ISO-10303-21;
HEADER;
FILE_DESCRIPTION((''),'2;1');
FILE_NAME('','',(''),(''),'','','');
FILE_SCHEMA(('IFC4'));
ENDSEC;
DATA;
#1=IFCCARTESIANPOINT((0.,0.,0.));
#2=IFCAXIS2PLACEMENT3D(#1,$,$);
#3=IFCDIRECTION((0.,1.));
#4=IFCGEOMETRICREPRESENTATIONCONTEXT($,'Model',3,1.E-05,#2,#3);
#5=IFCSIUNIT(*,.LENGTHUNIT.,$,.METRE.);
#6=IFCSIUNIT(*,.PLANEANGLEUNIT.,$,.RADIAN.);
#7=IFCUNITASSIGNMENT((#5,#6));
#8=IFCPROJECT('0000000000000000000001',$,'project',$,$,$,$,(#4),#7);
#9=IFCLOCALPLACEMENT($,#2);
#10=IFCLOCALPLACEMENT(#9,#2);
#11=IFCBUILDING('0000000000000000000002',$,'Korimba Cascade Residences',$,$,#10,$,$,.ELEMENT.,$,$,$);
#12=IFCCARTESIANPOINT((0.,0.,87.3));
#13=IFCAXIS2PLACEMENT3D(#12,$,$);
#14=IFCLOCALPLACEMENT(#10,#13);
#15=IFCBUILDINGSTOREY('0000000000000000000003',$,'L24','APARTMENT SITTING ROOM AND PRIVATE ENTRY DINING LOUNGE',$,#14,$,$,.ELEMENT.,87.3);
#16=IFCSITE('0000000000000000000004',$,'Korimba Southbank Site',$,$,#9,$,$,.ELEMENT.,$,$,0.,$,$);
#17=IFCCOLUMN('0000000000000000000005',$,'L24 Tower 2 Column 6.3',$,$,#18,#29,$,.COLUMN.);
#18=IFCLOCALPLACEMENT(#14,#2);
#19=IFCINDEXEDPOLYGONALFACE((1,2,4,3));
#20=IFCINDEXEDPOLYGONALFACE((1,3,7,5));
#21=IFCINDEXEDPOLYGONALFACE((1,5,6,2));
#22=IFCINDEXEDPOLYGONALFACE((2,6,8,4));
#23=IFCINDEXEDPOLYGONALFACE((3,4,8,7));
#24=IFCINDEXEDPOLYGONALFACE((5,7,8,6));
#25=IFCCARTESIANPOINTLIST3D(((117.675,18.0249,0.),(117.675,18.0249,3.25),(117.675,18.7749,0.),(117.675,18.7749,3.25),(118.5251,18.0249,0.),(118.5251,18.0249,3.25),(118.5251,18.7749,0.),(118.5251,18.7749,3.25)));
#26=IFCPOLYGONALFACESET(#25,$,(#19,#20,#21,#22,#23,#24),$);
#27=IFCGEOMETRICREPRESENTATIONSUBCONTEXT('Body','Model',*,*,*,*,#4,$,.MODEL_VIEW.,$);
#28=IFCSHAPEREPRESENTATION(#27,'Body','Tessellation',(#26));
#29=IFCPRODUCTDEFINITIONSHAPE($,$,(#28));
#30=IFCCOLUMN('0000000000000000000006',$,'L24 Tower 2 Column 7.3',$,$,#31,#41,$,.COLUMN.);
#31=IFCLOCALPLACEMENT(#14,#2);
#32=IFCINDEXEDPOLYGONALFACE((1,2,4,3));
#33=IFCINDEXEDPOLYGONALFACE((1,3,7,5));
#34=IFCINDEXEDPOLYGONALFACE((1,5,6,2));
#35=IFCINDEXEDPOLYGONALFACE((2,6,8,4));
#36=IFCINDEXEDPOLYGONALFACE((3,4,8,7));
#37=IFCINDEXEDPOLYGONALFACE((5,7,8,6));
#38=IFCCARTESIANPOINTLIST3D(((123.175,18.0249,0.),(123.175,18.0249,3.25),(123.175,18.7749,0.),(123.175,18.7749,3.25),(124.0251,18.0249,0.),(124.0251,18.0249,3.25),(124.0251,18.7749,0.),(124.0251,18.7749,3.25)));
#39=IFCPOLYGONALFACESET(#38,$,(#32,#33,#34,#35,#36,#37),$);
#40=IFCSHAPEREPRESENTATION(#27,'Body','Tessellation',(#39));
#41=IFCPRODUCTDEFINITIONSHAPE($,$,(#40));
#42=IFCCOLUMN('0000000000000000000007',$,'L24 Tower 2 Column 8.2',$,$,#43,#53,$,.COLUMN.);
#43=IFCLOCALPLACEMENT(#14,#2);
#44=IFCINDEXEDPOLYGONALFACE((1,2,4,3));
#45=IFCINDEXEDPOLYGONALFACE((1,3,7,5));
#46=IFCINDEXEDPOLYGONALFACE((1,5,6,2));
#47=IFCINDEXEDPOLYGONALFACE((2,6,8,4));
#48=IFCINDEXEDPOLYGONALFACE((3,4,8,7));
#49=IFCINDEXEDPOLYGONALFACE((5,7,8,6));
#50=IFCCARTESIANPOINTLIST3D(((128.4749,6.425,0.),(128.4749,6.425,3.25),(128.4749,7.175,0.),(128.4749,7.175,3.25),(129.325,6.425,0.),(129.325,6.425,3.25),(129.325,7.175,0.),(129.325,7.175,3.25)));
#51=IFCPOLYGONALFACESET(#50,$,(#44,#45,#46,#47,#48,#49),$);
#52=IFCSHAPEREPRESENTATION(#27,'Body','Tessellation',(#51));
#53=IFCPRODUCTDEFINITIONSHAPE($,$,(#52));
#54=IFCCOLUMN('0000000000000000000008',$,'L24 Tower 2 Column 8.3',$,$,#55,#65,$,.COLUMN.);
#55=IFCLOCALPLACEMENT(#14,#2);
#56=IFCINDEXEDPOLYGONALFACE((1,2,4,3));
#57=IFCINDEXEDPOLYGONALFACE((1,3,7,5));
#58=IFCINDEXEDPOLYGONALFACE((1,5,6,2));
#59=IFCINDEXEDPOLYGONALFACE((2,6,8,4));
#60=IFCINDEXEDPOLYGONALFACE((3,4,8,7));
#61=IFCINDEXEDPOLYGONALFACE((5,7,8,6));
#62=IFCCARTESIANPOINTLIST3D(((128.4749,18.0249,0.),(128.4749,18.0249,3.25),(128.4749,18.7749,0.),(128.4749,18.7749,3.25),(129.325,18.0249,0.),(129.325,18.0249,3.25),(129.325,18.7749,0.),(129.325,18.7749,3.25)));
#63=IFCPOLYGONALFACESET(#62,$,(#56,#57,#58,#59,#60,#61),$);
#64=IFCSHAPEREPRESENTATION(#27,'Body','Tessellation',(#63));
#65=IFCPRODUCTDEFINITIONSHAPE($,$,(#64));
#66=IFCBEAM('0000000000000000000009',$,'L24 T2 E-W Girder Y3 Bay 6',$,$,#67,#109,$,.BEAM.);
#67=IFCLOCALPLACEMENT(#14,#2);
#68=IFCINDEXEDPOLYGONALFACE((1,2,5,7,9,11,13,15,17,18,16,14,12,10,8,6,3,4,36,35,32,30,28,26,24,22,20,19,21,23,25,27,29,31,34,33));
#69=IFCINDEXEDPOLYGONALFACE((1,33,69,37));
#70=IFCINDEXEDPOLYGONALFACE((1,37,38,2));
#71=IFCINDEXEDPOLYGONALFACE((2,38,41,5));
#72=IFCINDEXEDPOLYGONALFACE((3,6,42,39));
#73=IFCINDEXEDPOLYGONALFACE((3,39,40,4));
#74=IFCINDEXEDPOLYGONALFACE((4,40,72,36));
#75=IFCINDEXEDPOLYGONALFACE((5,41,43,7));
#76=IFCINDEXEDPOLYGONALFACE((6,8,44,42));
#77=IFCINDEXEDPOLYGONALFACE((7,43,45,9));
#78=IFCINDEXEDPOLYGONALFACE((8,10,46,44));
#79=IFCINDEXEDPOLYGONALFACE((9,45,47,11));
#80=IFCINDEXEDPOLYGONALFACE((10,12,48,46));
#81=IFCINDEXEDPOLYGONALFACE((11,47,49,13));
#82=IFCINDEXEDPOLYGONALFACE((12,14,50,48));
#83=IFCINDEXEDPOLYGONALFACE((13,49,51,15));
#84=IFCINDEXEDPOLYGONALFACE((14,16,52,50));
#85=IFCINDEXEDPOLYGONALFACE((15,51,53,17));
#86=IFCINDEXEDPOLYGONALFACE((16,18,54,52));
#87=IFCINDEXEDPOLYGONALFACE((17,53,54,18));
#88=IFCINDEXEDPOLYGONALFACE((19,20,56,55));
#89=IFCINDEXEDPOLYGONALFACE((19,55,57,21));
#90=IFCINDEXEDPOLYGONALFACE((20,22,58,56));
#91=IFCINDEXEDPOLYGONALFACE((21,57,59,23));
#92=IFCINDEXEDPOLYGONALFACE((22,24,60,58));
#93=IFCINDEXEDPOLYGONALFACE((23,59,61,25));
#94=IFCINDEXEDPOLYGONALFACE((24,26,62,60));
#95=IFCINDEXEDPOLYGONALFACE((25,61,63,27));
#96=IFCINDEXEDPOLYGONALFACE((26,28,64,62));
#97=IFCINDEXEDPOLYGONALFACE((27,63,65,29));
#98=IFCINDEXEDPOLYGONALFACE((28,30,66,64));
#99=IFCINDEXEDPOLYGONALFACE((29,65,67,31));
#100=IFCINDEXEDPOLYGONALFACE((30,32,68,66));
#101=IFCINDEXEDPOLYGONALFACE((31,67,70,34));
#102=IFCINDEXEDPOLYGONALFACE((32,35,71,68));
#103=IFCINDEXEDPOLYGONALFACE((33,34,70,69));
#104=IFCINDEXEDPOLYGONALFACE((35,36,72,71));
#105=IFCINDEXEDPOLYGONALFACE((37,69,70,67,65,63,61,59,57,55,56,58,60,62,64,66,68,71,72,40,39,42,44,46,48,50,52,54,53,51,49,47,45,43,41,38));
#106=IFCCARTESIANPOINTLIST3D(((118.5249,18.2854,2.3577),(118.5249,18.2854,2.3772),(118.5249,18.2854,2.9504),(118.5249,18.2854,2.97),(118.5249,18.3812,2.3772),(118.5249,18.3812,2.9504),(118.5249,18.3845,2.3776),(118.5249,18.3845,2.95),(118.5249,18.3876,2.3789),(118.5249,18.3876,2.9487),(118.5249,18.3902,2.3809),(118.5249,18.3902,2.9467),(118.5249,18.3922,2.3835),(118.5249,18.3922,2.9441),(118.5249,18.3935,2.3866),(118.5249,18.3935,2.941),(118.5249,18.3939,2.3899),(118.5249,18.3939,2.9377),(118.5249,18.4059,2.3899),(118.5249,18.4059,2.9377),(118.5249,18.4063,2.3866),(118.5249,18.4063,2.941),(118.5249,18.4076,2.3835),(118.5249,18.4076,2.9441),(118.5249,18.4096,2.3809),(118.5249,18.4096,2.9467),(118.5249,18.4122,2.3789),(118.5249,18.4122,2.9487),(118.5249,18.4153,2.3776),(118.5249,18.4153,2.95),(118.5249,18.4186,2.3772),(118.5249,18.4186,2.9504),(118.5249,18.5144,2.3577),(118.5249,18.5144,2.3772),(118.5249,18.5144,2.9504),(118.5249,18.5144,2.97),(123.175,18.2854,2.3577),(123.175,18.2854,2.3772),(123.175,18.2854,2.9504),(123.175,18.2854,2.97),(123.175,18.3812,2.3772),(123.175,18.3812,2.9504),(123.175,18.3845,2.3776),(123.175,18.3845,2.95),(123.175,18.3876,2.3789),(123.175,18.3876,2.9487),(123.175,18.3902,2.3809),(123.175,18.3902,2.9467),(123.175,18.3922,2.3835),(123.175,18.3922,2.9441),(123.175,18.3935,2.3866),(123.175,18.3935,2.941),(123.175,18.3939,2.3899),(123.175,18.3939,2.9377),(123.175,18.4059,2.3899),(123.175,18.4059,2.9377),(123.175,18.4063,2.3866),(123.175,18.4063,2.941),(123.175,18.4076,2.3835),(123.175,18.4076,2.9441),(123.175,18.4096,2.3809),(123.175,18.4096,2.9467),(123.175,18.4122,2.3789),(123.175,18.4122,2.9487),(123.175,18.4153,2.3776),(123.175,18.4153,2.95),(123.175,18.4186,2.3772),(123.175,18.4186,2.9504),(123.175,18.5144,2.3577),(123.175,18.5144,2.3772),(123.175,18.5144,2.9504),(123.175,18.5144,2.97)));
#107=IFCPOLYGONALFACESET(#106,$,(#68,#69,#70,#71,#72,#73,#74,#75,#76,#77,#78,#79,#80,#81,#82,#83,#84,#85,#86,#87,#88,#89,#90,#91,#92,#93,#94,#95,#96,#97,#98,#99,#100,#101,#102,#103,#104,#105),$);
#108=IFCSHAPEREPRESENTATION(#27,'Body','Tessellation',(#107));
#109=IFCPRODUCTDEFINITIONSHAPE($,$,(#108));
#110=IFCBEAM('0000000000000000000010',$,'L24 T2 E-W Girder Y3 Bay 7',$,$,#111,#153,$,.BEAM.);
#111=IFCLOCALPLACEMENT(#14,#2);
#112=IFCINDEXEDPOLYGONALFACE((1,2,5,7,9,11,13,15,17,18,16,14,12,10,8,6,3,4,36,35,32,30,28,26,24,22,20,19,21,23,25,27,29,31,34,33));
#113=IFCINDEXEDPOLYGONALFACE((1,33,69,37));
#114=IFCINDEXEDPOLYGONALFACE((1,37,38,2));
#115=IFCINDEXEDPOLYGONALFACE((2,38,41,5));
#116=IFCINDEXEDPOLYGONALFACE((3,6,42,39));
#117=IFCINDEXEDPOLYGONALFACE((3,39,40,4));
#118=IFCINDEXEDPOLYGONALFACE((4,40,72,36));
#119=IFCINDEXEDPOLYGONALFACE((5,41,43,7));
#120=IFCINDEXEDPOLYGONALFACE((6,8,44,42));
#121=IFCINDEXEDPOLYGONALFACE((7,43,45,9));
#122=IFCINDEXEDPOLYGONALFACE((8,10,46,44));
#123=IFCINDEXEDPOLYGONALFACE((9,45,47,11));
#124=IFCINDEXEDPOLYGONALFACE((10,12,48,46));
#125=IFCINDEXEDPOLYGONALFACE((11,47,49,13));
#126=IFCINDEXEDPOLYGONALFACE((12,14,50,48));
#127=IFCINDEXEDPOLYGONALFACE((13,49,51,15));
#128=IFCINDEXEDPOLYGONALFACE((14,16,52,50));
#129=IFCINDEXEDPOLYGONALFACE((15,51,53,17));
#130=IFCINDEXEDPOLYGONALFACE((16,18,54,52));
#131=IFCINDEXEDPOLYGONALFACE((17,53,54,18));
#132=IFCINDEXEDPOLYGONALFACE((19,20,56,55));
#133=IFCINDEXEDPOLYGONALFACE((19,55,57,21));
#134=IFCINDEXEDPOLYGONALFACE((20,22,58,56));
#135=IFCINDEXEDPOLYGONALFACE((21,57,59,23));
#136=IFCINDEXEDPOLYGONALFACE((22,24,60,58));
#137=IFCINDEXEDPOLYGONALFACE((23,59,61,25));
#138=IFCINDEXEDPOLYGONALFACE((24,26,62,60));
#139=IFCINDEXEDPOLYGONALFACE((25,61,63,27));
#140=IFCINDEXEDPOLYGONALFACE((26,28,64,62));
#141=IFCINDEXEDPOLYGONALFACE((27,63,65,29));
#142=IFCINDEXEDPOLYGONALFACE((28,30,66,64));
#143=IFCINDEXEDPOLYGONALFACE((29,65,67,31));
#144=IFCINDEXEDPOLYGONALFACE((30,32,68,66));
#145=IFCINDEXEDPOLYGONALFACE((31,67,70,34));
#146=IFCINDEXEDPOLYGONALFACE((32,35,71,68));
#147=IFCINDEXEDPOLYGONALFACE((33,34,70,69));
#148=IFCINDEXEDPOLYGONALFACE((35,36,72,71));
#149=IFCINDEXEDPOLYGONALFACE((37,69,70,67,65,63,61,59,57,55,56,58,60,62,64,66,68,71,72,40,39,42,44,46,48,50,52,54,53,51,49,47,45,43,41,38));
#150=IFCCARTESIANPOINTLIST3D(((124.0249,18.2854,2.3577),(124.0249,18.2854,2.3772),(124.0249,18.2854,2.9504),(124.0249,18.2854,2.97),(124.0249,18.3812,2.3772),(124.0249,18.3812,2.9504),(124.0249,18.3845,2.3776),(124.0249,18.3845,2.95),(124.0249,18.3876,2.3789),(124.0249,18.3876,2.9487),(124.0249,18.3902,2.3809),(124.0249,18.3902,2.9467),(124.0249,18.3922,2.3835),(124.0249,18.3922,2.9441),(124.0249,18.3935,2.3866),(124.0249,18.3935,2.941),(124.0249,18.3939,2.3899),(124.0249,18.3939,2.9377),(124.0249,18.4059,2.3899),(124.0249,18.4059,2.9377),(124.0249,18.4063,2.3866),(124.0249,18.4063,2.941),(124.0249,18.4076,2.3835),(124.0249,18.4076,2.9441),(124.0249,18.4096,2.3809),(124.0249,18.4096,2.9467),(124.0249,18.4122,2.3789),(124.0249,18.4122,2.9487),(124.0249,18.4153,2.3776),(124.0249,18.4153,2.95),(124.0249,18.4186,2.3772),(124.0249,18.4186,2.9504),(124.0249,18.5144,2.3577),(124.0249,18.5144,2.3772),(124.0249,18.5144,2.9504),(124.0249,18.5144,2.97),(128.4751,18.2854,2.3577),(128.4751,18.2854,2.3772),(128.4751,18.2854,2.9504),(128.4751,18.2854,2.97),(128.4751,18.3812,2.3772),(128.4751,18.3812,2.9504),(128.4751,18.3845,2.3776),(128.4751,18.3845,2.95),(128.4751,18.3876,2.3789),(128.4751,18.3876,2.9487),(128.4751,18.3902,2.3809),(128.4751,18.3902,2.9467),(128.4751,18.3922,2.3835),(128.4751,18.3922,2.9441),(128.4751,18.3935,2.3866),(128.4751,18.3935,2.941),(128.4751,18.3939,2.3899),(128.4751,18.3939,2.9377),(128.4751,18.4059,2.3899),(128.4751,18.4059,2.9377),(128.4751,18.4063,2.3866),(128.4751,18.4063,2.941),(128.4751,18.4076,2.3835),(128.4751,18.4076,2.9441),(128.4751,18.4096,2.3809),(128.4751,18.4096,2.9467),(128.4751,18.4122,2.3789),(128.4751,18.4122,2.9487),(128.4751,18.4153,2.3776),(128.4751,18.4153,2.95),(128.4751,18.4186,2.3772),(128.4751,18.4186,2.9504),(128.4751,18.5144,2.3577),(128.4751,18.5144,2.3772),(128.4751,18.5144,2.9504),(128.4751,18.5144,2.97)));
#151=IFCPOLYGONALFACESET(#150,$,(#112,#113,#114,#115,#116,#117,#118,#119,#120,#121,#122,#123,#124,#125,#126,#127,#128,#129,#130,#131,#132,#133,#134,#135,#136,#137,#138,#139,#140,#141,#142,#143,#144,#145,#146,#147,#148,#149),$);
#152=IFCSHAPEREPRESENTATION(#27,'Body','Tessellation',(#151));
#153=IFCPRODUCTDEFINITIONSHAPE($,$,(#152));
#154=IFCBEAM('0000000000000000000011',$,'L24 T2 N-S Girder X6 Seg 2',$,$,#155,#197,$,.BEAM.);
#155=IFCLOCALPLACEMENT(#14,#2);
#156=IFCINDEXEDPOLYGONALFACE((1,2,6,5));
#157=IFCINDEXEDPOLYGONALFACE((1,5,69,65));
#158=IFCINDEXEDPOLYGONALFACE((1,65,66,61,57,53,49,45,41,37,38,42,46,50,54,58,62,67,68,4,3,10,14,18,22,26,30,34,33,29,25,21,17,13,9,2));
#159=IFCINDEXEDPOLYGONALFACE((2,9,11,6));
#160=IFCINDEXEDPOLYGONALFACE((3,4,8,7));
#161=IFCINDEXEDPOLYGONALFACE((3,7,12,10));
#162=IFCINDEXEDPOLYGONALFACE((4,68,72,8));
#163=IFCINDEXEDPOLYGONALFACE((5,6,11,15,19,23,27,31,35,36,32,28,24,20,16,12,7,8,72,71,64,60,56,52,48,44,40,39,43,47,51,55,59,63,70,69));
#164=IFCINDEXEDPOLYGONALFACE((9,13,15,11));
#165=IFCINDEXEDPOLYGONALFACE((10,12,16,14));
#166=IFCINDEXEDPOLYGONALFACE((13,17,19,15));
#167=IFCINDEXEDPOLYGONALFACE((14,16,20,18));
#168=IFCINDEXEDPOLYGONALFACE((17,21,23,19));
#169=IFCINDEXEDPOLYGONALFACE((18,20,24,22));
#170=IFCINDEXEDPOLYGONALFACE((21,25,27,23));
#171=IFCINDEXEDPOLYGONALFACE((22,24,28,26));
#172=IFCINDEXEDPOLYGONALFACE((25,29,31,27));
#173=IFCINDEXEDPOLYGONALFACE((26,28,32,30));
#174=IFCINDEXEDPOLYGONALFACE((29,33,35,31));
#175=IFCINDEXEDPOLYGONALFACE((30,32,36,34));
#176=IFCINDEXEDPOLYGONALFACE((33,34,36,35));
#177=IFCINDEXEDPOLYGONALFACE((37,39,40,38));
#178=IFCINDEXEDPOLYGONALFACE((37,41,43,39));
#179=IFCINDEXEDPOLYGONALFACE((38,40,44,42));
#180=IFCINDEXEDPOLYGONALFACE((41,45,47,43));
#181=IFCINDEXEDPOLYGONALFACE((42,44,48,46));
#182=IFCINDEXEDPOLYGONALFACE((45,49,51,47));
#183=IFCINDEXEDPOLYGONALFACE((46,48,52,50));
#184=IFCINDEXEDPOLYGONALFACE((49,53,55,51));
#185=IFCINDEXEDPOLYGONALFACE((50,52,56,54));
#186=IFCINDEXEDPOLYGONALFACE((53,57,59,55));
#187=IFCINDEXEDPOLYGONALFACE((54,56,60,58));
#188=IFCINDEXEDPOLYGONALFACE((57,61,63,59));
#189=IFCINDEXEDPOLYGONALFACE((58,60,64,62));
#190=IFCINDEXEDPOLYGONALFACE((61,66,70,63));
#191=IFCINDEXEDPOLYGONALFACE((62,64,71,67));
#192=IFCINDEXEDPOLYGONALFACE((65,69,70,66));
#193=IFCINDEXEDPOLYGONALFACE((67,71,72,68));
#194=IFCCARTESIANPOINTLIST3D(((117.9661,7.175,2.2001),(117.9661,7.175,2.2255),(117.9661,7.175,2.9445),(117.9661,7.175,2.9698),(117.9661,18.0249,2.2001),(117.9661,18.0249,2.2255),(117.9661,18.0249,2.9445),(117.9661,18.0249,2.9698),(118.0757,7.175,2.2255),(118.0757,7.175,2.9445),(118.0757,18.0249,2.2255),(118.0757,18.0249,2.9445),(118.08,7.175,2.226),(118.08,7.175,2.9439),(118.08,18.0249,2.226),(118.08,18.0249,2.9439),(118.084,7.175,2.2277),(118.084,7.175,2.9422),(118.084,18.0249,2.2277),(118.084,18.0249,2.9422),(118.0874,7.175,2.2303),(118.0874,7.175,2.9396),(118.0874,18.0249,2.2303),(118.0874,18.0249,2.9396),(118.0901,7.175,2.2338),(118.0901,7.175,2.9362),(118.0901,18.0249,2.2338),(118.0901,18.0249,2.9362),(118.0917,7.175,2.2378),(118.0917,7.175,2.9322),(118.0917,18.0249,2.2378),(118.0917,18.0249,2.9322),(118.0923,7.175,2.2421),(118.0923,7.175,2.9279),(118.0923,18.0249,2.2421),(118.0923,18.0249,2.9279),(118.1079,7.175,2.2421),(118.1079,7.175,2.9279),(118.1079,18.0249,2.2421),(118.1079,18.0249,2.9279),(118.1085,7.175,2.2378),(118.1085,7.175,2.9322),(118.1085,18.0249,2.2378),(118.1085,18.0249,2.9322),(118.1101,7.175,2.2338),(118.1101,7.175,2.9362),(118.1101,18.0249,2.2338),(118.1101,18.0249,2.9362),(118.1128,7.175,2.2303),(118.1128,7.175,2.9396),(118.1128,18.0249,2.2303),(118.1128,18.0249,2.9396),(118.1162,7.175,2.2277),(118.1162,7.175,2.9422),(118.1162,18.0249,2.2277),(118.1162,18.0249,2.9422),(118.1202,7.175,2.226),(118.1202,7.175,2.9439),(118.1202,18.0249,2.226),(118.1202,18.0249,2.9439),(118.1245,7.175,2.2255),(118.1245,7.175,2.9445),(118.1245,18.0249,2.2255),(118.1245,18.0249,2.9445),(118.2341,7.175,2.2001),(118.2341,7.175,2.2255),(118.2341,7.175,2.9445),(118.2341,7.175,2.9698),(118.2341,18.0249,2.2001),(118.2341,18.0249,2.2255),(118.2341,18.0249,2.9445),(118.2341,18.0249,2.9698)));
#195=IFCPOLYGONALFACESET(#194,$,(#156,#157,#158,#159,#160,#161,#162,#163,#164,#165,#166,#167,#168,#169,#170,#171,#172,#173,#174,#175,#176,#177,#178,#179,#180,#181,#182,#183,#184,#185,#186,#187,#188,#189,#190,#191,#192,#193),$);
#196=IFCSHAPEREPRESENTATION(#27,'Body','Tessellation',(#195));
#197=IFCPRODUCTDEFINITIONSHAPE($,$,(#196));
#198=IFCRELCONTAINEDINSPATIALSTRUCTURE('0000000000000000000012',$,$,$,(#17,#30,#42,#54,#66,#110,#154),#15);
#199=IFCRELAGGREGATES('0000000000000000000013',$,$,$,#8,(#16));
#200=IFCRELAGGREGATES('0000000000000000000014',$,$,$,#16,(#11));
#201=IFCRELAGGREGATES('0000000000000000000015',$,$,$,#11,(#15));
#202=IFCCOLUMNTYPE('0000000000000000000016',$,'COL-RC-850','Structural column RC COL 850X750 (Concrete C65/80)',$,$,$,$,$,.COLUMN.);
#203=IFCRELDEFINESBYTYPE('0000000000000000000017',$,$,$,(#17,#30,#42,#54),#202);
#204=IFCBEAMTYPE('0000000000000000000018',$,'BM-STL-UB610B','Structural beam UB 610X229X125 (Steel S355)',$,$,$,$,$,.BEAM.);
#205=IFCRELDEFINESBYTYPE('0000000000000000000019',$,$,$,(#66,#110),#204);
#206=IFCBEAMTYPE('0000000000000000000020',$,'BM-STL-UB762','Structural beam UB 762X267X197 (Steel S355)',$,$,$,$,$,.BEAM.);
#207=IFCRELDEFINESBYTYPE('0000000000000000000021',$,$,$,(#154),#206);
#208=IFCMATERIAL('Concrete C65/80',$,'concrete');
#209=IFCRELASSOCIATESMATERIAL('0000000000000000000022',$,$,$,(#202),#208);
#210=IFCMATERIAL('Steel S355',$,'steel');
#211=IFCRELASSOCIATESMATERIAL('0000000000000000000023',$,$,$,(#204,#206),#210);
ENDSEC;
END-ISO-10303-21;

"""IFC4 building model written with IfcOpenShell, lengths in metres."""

from ifc_helpers import new_model, si_unit, direction, frame, origin, origin_2d, place, context, subcontext, project, spatial, rectangle, i_section, extrude, material, material_profile, profile_set, type_object, element, save


model = new_model("IFC4")

# Units and contexts
model_context = context("Model", 3, precision=1e-05, world=origin(), true_north=direction((0.0, 1.0)))
body_context = subcontext(model_context, "Body", "Model", "MODEL_VIEW")
ifc_project = project(units=[si_unit("LENGTHUNIT", "METRE"), si_unit("PLANEANGLEUNIT", "RADIAN")], contexts=[model_context])

# Site, building, storey
site_placement = place(None, origin())
site = spatial("IfcSite", under=ifc_project, at=site_placement, Name="Korimba Southbank Site", CompositionType="ELEMENT", RefElevation=0.0)
building_placement = place(site_placement, origin())
building = spatial("IfcBuilding", under=site, at=building_placement, Name="Korimba Cascade Residences", CompositionType="ELEMENT")
storey_placement = place(building_placement, frame((0.0, 0.0, 87.3)))
storey = spatial("IfcBuildingStorey", under=building, at=storey_placement, Name="L24", Description="APARTMENT SITTING ROOM AND PRIVATE ENTRY DINING LOUNGE", CompositionType="ELEMENT", Elevation=87.3)

# Columns
ifc_material_1 = material(Name="Concrete C65/80", Category="concrete")
ifc_material_profile_1 = material_profile(ifc_material_1, rectangle(XDim=0.8501, YDim=0.75, at=origin_2d()), Name="Concrete C65/80")
ifc_profile_set_1 = profile_set([ifc_material_profile_1], Name="Concrete C65/80")
column_type = type_object("IfcColumnType", Name="COL-RC-850", Description="Structural column RC COL 850X750 (Concrete C65/80)", PredefinedType="COLUMN", material=ifc_profile_set_1)
for number, where, z_axis, x_axis, name in (
    (1, (118.1001, 18.3999, 0.0), (0.0, 0.0, 1.0), (1.0, 0.0, 0.0), "L24 Tower 2 Column 6.3"),
    (2, (123.6001, 18.3999, 0.0), (0.0, 0.0, 1.0), (1.0, 0.0, 0.0), "L24 Tower 2 Column 7.3"),
    (3, (128.8999, 6.8, 0.0), (0.0, 0.0, 1.0), (1.0, 0.0, 0.0), "L24 Tower 2 Column 8.2"),
    (4, (128.8999, 18.3999, 0.0), (0.0, 0.0, 1.0), (1.0, 0.0, 0.0), "L24 Tower 2 Column 8.3"),
):
    element("IfcColumn", number, at=place(storey_placement, frame(where, z_axis=z_axis, x_axis=x_axis)), inside=storey, type_object=column_type, Name=name, PredefinedType="COLUMN", context=body_context, shape_type="SweptSolid", body=[
        extrude(rectangle(XDim=0.8501, YDim=0.75, at=origin_2d()), origin(), (0.0, 0.0, 1.0), 3.25),
    ])

# Beams
ifc_material_2 = material(Name="Steel S355", Category="steel")
ifc_material_profile_2 = material_profile(ifc_material_2, i_section(OverallWidth=0.229, OverallDepth=0.6123, WebThickness=0.012, FlangeThickness=0.0195, FilletRadius=0.0127, at=origin_2d()), Name="Steel S355")
ifc_profile_set_2 = profile_set([ifc_material_profile_2], Name="Steel S355")
beam_type_1 = type_object("IfcBeamType", Name="BM-STL-UB610B", Description="Structural beam UB 610X229X125 (Steel S355)", PredefinedType="BEAM", material=ifc_profile_set_2)
beam_1_placement = place(storey_placement, frame((118.5249, 18.3999, 2.6638), z_axis=(1.0, 0.0, 0.0), x_axis=(0.0, 1.0, 0.0)))
element("IfcBeam", 5, at=beam_1_placement, inside=storey, type_object=beam_type_1, Name="L24 T2 E-W Girder Y3 Bay 6", PredefinedType="BEAM", context=body_context, shape_type="SweptSolid", body=[
    extrude(i_section(OverallWidth=0.229, OverallDepth=0.6123, WebThickness=0.012, FlangeThickness=0.0195, FilletRadius=0.0127, at=origin_2d()), origin(), (0.0, 0.0, 1.0), 4.6501),
])
beam_2_placement = place(storey_placement, frame((124.0249, 18.3999, 2.6638), z_axis=(1.0, 0.0, 0.0), x_axis=(0.0, 1.0, 0.0)))
element("IfcBeam", 6, at=beam_2_placement, inside=storey, type_object=beam_type_1, Name="L24 T2 E-W Girder Y3 Bay 7", PredefinedType="BEAM", context=body_context, shape_type="SweptSolid", body=[
    extrude(i_section(OverallWidth=0.229, OverallDepth=0.6123, WebThickness=0.012, FlangeThickness=0.0195, FilletRadius=0.0127, at=origin_2d()), origin(), (0.0, 0.0, 1.0), 4.4502),
])
ifc_material_profile_3 = material_profile(ifc_material_2, i_section(OverallWidth=0.2681, OverallDepth=0.7698, WebThickness=0.0156, FlangeThickness=0.0254, FilletRadius=0.0166, at=origin_2d()), Name="Steel S355")
ifc_profile_set_3 = profile_set([ifc_material_profile_3], Name="Steel S355")
beam_type_2 = type_object("IfcBeamType", Name="BM-STL-UB762", Description="Structural beam UB 762X267X197 (Steel S355)", PredefinedType="BEAM", material=ifc_profile_set_3)
for number, where, z_axis, x_axis, name in (
    (7, (118.1001, 7.175, 2.585), (0.0, 1.0, 0.0), (-1.0, 0.0, 0.0), "L24 T2 N-S Girder X6 Seg 2"),
):
    element("IfcBeam", number, at=place(storey_placement, frame(where, z_axis=z_axis, x_axis=x_axis)), inside=storey, type_object=beam_type_2, Name=name, PredefinedType="BEAM", context=body_context, shape_type="SweptSolid", body=[
        extrude(i_section(OverallWidth=0.2681, OverallDepth=0.7698, WebThickness=0.0156, FlangeThickness=0.0254, FilletRadius=0.0166, at=origin_2d()), origin(), (0.0, 0.0, 1.0), 10.8499),
    ])

save(model, "model.ifc")
